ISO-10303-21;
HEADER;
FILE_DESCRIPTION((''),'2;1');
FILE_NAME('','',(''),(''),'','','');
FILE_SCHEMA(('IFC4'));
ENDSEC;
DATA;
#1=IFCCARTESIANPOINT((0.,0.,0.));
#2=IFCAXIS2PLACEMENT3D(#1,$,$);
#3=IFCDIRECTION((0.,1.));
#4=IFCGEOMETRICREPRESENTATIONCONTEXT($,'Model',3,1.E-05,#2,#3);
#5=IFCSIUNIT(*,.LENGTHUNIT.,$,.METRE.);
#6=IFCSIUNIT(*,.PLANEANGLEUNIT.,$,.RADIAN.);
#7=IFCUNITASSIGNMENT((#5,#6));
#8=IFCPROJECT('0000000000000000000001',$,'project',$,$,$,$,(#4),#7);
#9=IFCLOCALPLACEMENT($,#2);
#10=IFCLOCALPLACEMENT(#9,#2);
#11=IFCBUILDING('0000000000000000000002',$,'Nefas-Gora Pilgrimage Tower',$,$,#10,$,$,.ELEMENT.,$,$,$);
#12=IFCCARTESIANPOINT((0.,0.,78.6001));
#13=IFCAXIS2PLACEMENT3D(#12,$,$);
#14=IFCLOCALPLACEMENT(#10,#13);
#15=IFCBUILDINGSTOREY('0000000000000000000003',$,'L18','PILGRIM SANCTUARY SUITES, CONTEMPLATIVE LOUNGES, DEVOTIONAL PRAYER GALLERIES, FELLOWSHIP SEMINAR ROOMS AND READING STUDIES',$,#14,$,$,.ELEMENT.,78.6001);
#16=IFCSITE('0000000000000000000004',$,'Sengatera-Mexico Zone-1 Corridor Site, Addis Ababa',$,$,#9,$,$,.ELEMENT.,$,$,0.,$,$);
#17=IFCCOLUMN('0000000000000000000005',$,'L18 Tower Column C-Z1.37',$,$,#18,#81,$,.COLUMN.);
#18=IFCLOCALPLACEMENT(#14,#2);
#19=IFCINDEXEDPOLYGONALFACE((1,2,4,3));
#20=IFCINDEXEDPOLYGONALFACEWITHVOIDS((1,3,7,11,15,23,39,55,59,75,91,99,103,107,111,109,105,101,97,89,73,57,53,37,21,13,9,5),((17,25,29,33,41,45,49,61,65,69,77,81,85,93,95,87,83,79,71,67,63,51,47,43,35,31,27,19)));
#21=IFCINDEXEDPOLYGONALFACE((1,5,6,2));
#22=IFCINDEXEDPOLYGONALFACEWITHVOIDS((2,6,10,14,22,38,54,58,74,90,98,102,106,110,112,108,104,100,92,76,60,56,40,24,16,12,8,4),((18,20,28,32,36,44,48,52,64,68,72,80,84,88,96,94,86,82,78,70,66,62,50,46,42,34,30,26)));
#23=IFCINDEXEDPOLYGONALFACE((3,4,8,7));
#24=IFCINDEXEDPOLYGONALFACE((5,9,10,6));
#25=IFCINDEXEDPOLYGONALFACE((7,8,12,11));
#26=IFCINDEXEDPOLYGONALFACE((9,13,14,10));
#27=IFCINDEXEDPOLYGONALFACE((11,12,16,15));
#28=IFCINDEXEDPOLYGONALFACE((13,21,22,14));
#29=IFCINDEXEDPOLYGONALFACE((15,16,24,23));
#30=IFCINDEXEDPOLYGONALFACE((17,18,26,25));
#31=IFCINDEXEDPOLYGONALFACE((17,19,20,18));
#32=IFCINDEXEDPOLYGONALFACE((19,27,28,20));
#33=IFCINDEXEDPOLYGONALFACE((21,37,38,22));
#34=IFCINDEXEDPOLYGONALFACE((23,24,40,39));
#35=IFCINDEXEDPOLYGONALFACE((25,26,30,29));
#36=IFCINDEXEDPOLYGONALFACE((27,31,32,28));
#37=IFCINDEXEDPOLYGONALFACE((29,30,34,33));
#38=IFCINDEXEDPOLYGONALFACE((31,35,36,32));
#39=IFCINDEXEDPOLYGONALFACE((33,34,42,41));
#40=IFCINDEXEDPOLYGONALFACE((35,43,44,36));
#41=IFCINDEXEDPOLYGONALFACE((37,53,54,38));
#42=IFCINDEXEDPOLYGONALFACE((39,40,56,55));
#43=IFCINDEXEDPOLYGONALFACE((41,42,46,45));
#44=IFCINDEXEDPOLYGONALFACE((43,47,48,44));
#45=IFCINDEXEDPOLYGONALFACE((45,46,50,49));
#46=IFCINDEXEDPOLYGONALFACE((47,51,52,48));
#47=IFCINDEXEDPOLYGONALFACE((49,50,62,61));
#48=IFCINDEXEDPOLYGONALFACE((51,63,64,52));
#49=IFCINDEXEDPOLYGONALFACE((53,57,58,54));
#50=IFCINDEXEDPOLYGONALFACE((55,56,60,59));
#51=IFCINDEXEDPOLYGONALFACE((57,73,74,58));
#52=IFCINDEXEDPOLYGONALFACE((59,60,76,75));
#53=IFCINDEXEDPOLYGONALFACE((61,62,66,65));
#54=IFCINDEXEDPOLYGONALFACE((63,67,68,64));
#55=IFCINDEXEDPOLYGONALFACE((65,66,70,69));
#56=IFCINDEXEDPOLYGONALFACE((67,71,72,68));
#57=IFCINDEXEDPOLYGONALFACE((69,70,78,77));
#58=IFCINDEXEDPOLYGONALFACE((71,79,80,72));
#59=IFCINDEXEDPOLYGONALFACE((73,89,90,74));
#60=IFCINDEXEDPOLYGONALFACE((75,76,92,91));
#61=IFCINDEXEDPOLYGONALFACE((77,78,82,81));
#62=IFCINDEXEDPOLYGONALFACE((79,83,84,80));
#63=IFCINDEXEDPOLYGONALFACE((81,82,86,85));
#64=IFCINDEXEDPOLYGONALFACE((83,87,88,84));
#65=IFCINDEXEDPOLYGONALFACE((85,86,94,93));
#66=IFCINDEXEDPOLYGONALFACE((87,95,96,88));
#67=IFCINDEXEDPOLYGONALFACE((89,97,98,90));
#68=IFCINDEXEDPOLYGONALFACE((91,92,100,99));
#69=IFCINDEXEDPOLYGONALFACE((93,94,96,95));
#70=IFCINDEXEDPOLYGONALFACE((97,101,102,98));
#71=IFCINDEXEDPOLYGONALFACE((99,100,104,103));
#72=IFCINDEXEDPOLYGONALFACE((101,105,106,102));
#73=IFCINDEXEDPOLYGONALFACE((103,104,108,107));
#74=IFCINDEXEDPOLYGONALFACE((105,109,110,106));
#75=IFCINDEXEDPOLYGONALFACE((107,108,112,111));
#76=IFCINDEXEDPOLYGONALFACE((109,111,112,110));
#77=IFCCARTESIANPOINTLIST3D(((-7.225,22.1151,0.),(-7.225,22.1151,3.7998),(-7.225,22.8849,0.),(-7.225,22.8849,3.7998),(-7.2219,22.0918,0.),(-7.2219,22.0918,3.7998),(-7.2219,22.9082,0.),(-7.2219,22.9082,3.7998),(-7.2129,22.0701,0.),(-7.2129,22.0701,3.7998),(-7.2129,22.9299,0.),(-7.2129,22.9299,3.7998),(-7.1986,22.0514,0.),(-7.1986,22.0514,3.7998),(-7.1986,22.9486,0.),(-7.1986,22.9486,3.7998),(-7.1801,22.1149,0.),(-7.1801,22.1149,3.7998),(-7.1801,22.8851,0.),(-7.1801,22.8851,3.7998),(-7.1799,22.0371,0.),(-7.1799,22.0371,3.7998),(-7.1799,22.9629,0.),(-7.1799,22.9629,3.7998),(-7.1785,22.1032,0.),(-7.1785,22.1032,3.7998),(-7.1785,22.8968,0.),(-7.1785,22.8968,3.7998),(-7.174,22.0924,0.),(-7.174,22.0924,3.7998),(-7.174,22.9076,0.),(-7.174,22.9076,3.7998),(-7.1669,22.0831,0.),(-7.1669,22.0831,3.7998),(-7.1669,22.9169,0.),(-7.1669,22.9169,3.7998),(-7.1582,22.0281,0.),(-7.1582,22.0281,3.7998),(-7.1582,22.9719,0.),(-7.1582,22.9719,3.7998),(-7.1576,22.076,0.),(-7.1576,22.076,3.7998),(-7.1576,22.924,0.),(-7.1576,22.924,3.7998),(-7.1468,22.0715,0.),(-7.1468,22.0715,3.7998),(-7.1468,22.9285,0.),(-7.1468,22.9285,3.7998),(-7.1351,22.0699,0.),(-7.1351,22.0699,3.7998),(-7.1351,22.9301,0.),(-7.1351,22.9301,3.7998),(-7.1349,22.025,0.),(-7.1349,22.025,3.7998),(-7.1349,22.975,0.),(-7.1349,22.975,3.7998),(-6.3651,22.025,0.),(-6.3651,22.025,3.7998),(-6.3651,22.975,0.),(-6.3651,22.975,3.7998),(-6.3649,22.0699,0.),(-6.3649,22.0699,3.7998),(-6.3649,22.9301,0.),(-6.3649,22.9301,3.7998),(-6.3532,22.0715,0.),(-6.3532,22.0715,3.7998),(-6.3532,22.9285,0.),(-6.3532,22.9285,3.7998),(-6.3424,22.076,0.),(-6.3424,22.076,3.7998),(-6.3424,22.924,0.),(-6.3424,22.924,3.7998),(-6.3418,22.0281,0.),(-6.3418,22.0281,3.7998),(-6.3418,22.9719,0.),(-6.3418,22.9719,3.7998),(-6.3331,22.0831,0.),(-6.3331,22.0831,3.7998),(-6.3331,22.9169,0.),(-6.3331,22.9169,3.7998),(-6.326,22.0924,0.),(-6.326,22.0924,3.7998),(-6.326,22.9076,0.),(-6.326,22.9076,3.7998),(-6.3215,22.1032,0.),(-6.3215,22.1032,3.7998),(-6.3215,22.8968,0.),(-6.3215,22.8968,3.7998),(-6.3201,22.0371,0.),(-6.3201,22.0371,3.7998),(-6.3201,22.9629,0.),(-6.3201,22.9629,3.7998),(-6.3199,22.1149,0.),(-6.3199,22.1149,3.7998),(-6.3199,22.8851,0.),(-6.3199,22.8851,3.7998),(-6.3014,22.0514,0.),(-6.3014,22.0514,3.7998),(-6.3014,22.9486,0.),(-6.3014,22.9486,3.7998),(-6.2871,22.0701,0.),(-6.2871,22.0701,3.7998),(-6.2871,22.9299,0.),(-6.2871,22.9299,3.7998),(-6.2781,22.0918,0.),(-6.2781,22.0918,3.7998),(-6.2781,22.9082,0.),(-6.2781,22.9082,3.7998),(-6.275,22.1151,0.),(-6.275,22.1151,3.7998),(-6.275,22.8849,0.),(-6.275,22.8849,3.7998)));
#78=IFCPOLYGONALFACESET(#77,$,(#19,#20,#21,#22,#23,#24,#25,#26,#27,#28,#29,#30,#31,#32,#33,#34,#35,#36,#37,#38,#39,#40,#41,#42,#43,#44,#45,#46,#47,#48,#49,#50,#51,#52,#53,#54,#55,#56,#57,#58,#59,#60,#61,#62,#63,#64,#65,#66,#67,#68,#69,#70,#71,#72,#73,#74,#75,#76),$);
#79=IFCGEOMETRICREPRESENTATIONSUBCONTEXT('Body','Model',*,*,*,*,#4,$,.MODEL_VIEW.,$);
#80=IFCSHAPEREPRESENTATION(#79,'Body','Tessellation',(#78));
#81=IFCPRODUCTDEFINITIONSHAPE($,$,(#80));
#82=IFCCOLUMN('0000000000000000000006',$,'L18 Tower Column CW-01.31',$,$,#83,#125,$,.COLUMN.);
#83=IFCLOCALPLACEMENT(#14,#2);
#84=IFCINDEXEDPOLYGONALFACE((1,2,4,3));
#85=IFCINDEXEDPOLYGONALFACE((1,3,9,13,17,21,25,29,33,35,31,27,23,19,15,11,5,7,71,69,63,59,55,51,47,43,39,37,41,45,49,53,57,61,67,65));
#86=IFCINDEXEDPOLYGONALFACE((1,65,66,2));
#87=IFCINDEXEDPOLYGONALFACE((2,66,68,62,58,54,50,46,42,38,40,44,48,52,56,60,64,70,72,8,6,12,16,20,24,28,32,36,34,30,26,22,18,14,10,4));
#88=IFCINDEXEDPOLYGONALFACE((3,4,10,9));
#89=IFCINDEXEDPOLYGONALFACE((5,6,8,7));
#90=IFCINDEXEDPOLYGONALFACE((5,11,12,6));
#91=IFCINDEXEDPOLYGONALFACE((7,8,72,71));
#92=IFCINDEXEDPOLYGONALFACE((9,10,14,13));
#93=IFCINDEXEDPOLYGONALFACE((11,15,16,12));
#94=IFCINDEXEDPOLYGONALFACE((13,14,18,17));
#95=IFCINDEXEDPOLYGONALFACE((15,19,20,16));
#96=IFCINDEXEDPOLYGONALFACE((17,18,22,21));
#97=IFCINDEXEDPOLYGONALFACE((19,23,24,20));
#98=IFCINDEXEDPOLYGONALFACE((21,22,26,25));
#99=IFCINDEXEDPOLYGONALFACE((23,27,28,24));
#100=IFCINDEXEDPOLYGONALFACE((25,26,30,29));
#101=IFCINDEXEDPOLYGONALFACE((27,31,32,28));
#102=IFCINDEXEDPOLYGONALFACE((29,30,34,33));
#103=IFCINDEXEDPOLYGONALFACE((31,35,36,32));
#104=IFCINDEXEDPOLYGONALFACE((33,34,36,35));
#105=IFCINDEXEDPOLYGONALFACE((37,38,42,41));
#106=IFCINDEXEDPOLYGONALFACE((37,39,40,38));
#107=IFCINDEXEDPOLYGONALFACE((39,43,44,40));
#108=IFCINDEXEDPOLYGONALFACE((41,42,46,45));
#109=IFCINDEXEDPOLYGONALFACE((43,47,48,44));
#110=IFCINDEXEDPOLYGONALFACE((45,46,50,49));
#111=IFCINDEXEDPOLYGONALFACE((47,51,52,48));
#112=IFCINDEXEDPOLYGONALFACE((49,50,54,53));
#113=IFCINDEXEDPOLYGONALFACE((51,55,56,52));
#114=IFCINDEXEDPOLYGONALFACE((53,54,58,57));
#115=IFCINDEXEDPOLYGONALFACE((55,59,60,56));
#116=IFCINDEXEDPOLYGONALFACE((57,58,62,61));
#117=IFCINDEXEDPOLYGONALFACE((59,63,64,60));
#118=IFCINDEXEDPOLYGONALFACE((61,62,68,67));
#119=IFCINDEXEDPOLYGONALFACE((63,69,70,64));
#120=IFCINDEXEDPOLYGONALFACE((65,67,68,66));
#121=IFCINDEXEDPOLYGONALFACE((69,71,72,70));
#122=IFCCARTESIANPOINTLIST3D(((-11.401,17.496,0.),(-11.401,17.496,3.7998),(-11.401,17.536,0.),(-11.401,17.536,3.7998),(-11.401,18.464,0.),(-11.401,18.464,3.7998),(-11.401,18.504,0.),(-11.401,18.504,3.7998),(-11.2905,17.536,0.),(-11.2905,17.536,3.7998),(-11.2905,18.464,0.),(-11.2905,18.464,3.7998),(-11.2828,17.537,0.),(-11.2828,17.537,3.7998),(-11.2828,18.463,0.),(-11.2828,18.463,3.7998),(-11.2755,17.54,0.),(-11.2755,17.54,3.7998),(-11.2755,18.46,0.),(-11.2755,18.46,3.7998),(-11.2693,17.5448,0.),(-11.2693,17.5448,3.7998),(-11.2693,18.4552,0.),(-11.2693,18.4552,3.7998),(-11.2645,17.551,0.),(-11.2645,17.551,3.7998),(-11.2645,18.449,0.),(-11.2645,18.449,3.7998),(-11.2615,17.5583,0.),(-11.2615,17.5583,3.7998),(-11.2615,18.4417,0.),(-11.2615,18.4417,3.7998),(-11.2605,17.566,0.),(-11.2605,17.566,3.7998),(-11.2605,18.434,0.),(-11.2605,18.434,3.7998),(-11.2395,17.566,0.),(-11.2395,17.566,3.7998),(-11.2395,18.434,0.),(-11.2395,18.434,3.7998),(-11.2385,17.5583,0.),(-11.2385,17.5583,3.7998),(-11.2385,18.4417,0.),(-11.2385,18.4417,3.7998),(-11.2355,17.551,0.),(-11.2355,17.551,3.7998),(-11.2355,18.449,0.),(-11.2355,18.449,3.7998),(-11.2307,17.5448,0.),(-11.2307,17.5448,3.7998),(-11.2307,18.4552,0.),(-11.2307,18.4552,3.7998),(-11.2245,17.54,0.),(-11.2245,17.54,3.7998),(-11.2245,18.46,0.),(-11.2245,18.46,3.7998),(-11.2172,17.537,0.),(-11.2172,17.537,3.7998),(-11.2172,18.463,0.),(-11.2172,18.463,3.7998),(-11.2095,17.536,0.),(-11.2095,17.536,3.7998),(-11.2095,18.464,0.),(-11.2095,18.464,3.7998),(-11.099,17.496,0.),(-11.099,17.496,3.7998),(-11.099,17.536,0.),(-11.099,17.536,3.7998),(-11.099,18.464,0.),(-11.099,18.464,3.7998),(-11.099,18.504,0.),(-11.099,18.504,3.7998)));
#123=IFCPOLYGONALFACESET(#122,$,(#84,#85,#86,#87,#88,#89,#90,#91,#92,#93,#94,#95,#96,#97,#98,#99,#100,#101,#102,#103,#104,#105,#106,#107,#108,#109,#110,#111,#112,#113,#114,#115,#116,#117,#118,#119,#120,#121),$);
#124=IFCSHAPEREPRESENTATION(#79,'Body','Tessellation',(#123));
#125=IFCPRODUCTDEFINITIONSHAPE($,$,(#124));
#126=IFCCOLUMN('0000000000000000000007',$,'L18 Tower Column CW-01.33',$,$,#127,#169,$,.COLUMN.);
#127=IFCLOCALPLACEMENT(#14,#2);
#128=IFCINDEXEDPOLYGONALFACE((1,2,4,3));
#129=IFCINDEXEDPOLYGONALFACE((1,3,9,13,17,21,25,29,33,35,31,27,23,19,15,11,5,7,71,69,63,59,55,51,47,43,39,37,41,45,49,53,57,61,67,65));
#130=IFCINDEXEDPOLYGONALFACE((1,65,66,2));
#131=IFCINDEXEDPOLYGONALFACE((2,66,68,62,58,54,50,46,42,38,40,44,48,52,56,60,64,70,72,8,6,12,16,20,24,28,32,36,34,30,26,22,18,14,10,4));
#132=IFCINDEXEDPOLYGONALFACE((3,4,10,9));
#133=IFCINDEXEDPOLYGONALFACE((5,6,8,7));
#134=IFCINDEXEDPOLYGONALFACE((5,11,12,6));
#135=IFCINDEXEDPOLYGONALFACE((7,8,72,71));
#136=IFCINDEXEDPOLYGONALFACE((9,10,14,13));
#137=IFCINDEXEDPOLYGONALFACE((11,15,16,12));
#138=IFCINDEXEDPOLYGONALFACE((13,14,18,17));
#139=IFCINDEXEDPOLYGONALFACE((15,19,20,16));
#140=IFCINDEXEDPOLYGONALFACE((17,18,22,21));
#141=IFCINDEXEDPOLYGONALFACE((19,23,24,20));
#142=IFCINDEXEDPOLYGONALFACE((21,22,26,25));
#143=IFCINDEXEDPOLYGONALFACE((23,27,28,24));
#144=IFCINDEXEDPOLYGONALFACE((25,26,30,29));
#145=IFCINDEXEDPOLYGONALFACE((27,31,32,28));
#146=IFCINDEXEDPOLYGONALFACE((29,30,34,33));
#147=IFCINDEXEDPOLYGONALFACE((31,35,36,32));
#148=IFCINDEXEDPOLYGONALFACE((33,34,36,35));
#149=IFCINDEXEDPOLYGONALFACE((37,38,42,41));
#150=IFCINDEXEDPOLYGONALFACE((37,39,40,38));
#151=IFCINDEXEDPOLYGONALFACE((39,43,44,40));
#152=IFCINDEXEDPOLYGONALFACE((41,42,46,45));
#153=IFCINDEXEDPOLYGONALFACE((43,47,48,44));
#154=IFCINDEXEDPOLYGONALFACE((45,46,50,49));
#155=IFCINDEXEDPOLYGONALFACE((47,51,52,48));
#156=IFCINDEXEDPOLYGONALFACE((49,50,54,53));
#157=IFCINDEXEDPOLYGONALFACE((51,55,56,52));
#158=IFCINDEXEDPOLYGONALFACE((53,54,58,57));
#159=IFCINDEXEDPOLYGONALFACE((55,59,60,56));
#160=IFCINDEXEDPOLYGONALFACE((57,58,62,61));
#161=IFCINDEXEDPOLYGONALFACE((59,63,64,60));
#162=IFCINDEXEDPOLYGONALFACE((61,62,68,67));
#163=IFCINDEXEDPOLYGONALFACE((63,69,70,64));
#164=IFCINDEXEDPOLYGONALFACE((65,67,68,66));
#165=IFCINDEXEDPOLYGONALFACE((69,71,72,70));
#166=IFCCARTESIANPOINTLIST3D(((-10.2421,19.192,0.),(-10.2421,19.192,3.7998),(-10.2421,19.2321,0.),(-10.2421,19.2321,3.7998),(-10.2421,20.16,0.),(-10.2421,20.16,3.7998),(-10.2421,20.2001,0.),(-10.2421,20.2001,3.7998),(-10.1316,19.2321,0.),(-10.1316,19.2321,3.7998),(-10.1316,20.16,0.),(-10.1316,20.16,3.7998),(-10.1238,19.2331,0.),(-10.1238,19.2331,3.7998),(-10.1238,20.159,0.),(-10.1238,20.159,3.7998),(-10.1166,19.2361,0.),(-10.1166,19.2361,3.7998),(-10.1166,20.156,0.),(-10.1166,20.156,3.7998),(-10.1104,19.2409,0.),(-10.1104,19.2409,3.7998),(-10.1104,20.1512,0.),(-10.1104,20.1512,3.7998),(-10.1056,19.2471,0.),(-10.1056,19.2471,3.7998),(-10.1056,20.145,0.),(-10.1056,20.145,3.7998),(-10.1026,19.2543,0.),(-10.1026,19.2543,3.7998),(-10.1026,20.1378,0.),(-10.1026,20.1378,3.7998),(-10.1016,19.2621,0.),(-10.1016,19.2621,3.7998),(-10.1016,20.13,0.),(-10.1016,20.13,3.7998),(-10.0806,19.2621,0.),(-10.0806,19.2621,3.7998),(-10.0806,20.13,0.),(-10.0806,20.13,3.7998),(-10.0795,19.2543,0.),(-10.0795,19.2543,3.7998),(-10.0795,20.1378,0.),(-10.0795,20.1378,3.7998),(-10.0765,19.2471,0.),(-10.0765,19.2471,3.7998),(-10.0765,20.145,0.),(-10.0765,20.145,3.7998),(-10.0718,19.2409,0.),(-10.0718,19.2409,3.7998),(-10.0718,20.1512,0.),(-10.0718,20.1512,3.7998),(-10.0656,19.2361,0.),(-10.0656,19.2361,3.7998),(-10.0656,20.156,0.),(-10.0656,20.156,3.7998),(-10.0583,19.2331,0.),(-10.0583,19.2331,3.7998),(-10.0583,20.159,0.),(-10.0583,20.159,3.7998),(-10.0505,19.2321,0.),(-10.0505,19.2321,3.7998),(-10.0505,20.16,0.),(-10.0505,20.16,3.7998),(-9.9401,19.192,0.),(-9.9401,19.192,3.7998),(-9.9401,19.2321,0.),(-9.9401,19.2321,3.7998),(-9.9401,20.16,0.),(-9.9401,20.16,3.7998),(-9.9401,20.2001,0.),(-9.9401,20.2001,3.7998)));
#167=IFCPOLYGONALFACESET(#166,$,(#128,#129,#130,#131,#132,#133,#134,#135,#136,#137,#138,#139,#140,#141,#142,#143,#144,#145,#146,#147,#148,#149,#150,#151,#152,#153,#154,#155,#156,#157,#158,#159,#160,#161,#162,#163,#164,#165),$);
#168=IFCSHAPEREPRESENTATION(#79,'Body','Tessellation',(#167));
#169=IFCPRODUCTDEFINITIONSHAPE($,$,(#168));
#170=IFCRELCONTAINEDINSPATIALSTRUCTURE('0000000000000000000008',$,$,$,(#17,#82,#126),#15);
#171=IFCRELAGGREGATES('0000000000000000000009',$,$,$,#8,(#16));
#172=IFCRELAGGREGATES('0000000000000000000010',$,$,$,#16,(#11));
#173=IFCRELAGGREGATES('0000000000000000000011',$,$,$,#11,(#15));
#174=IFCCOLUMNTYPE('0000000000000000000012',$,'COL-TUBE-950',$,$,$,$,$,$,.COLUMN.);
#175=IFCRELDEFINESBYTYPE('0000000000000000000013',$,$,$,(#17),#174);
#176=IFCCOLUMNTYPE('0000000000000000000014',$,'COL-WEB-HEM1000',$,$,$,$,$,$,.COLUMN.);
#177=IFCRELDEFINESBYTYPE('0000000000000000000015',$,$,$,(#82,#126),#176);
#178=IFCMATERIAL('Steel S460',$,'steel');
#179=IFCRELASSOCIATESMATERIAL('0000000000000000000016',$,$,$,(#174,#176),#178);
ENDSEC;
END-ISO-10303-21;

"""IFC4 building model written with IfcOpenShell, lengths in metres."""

from ifc_helpers import new_model, si_unit, direction, frame, origin, origin_2d, place, context, subcontext, project, spatial, hollow_rectangle, i_section, extrude, source, transform, mapped, material, material_profile, profile_set, type_object, element, save


model = new_model("IFC4")

# Units and contexts
model_context = context("Model", 3, precision=1e-05, world=origin(), true_north=direction((0.0, 1.0)))
body_context = subcontext(model_context, "Body", "Model", "MODEL_VIEW")
ifc_project = project(units=[si_unit("LENGTHUNIT", "METRE"), si_unit("PLANEANGLEUNIT", "RADIAN")], contexts=[model_context])

# Site, building, storey
site_placement = place(None, origin())
site = spatial("IfcSite", under=ifc_project, at=site_placement, Name="Sengatera-Mexico Zone-1 Corridor Site, Addis Ababa", CompositionType="ELEMENT", RefElevation=0.0)
building_placement = place(site_placement, origin())
building = spatial("IfcBuilding", under=site, at=building_placement, Name="Nefas-Gora Pilgrimage Tower", CompositionType="ELEMENT")
storey_placement = place(building_placement, frame((0.0, 0.0, 78.6001)))
storey = spatial("IfcBuildingStorey", under=building, at=storey_placement, Name="L18", Description="PILGRIM SANCTUARY SUITES, CONTEMPLATIVE LOUNGES, DEVOTIONAL PRAYER GALLERIES, FELLOWSHIP SEMINAR ROOMS AND READING STUDIES", CompositionType="ELEMENT", Elevation=78.6001)

# Columns
ifc_material_1 = material(Name="Steel S460", Category="steel")
ifc_material_profile_1 = material_profile(ifc_material_1, hollow_rectangle(XDim=0.95, YDim=0.95, WallThickness=0.0449, InnerFilletRadius=0.0449, OuterFilletRadius=0.0901, at=origin_2d()), Name="BOX 950x950x45")
ifc_profile_set_1 = profile_set([ifc_material_profile_1], Name="Steel S460")
column_type_1 = type_object("IfcColumnType", Name="COL-TUBE-950", PredefinedType="COLUMN", material=ifc_profile_set_1)
shared_shape_1 = source(origin(), body_context, "Body", "SweptSolid", [
    extrude(hollow_rectangle(XDim=0.95, YDim=0.95, WallThickness=0.0449, InnerFilletRadius=0.0449, OuterFilletRadius=0.0901, at=origin_2d()), origin(), (0.0, 0.0, 1.0), 3.7998),
])
column_placement = place(storey_placement, frame((-6.75, 22.5, 0.0), z_axis=(0.0, 0.0, 1.0), x_axis=(1.0, 0.0, 0.0)))
element("IfcColumn", 1, at=column_placement, inside=storey, type_object=column_type_1, Name="L18 Tower Column C-Z1.37", PredefinedType="COLUMN", context=body_context, shape_type="MappedRepresentation", body=[
    mapped(shared_shape_1, transform((0.0, 0.0, 0.0), x_axis=(1.0, 0.0, 0.0), y_axis=(0.0, 1.0, 0.0), z_axis=(0.0, 0.0, 1.0), scale=1.0)),
])
ifc_material_profile_2 = material_profile(ifc_material_1, i_section(OverallWidth=0.302, OverallDepth=1.0081, WebThickness=0.021, FlangeThickness=0.04, FilletRadius=0.03, at=origin_2d()), Name="HEM 1000")
ifc_profile_set_2 = profile_set([ifc_material_profile_2], Name="Steel S460")
column_type_2 = type_object("IfcColumnType", Name="COL-WEB-HEM1000", PredefinedType="COLUMN", material=ifc_profile_set_2)
shared_shape_2 = source(origin(), body_context, "Body", "SweptSolid", [
    extrude(i_section(OverallWidth=0.302, OverallDepth=1.0081, WebThickness=0.021, FlangeThickness=0.04, FilletRadius=0.03, at=origin_2d()), origin(), (0.0, 0.0, 1.0), 3.7998),
])
for number, where, z_axis, x_axis, name in (
    (2, (-11.25, 18.0, 0.0), (0.0, 0.0, 1.0), (1.0, 0.0, 0.0), "L18 Tower Column CW-01.31"),
    (3, (-10.0911, 19.696, 0.0), (0.0, 0.0, 1.0), (1.0, 0.0, 0.0), "L18 Tower Column CW-01.33"),
):
    element("IfcColumn", number, at=place(storey_placement, frame(where, z_axis=z_axis, x_axis=x_axis)), inside=storey, type_object=column_type_2, Name=name, PredefinedType="COLUMN", context=body_context, shape_type="MappedRepresentation", body=[
        mapped(shared_shape_2, transform((0.0, 0.0, 0.0), x_axis=(1.0, 0.0, 0.0), y_axis=(0.0, 1.0, 0.0), z_axis=(0.0, 0.0, 1.0), scale=1.0)),
    ])

save(model, "model.ifc")
